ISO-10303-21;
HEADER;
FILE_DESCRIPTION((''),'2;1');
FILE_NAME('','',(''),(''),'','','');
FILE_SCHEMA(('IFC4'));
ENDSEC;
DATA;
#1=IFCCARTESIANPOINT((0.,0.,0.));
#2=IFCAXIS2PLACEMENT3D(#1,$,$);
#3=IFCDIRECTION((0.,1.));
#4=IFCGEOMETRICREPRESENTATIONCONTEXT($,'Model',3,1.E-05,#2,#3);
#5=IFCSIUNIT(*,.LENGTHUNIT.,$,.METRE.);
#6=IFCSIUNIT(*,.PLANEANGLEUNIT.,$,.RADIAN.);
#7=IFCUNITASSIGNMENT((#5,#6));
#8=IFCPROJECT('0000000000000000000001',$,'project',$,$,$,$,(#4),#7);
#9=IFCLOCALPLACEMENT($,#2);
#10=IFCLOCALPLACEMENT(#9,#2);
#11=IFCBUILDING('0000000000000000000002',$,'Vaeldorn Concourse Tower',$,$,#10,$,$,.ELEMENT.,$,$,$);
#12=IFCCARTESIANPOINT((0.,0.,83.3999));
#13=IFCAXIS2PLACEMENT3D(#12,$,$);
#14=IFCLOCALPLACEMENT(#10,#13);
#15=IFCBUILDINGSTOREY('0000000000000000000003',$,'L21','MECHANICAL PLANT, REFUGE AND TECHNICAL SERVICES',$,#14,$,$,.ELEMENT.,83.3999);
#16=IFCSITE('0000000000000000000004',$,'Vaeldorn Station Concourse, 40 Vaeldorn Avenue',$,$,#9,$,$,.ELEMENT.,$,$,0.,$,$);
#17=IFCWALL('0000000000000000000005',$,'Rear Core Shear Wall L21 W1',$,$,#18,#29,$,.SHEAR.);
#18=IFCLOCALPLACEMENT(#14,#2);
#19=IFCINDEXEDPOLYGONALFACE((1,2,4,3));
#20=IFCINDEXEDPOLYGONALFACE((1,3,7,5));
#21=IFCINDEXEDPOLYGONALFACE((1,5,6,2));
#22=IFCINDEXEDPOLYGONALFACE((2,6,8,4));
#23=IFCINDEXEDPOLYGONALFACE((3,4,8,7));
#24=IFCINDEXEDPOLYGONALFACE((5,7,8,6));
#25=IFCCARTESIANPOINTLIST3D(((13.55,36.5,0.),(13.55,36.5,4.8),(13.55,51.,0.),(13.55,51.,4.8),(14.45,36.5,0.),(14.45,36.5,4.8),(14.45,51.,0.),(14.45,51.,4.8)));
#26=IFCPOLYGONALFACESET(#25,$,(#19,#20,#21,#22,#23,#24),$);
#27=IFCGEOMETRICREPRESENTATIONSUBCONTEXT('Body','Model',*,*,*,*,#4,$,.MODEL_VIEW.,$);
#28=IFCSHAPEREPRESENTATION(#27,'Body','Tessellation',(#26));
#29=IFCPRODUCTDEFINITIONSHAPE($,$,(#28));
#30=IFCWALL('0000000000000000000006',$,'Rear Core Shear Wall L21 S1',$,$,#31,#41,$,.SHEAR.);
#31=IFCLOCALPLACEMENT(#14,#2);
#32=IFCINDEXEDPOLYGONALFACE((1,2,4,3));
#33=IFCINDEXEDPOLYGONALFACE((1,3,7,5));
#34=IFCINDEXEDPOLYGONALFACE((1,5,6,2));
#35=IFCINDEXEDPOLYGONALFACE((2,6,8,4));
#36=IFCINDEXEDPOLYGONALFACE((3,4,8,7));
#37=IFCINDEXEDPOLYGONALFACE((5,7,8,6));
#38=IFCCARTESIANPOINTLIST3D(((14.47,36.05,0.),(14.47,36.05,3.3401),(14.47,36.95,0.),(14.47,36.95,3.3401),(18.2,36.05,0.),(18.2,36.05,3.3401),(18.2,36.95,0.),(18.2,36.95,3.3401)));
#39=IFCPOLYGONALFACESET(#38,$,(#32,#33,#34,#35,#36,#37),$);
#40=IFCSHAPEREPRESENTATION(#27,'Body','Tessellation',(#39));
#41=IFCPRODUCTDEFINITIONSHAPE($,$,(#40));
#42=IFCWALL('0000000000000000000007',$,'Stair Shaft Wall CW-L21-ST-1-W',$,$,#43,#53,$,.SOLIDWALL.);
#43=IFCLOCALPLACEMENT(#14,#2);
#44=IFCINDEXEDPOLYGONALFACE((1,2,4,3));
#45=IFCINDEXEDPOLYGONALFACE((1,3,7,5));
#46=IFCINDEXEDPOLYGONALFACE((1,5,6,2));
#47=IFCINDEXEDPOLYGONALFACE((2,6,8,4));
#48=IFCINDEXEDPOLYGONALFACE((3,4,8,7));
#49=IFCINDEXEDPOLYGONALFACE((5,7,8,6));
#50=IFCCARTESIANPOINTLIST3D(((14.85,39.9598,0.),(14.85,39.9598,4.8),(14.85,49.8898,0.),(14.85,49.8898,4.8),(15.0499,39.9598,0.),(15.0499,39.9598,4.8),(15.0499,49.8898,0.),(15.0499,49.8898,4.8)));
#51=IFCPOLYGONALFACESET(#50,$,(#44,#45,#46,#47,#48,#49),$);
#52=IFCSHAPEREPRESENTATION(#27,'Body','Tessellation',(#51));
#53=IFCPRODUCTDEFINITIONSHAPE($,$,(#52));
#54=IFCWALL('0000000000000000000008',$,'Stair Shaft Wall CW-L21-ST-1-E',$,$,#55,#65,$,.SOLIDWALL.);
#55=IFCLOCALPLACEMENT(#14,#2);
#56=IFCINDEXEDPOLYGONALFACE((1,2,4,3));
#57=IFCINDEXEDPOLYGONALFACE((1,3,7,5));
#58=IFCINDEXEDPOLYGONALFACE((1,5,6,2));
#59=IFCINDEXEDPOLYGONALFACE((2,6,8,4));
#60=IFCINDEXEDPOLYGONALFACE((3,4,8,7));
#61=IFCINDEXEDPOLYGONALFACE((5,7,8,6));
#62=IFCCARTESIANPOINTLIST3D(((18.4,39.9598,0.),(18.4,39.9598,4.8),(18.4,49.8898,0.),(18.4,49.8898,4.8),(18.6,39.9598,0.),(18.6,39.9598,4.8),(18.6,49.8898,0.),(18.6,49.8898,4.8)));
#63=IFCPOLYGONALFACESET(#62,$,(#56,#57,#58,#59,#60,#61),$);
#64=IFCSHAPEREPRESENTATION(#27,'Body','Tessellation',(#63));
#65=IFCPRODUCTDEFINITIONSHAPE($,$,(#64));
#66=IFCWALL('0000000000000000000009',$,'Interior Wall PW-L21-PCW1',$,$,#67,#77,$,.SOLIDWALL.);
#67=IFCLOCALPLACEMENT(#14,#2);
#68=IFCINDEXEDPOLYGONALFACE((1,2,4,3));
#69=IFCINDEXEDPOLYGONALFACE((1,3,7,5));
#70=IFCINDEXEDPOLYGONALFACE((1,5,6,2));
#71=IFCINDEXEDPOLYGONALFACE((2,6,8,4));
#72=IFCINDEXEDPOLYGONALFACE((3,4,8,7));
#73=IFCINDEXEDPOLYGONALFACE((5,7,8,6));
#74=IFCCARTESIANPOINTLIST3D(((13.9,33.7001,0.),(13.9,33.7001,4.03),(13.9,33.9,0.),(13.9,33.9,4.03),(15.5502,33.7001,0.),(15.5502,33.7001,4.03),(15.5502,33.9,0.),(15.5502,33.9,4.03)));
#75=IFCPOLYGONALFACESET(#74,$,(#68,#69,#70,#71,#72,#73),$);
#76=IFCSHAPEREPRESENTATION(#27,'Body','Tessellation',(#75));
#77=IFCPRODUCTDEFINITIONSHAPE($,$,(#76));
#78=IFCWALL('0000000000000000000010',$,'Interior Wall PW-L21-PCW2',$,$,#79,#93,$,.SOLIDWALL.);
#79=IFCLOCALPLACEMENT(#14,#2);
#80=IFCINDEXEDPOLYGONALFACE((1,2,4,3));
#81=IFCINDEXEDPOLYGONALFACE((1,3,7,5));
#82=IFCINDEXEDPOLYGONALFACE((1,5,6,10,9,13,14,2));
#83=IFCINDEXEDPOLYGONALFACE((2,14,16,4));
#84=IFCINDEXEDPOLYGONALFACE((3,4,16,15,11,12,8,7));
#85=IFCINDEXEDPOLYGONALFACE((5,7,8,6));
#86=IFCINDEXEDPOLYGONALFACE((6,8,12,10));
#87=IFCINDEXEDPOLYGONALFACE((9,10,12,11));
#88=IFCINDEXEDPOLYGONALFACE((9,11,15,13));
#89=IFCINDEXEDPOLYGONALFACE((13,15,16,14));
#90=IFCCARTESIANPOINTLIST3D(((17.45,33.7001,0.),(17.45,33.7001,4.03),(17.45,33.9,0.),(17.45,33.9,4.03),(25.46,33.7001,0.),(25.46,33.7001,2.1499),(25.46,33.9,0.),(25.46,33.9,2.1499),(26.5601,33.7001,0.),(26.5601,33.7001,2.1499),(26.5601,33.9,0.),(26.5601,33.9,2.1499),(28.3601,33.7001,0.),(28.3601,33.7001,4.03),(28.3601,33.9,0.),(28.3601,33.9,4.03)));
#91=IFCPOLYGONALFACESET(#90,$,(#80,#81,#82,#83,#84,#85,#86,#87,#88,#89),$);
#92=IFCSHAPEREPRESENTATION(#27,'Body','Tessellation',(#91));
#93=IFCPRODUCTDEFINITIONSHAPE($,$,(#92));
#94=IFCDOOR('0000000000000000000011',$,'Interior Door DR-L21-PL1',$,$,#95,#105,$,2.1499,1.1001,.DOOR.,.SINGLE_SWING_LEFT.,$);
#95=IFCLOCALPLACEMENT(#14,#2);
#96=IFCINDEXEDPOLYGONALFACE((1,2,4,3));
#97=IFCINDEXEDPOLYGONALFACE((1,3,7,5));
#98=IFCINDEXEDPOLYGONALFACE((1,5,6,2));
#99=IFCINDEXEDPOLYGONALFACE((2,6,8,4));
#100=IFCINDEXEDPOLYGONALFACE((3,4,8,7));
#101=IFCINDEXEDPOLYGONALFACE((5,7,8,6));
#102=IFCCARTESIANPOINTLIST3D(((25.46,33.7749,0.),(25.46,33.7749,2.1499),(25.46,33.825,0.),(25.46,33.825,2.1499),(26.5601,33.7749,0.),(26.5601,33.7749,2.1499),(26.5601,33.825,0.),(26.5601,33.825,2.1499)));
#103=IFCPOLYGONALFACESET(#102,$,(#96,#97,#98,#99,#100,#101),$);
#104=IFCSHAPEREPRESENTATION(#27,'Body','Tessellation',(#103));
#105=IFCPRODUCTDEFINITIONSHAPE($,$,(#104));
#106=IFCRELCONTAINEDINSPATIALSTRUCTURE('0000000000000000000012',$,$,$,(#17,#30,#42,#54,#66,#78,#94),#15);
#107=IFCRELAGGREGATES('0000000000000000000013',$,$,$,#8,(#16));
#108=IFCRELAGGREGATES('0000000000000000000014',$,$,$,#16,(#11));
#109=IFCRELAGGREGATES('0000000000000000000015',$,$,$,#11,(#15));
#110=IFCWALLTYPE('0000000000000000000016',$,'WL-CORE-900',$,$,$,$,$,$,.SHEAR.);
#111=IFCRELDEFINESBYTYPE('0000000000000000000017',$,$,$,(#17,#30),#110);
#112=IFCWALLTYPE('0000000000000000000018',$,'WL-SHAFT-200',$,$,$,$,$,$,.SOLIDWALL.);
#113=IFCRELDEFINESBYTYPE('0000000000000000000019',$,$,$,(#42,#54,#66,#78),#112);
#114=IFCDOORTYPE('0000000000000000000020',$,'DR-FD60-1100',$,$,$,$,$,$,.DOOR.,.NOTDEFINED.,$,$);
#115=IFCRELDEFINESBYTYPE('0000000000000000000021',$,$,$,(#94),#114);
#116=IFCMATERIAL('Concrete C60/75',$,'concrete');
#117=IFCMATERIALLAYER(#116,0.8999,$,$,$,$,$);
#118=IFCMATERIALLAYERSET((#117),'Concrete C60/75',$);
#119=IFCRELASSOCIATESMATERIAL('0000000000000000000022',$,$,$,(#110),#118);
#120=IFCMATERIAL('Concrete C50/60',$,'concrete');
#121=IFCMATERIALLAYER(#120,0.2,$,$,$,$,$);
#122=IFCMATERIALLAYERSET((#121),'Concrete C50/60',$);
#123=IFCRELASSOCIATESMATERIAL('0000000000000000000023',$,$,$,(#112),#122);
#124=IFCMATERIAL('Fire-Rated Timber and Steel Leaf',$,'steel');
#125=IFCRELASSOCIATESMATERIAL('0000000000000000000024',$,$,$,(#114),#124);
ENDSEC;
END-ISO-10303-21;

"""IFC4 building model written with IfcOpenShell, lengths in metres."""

from ifc_helpers import new_model, si_unit, direction, frame, frame_2d, origin, place, context, subcontext, project, spatial, rectangle, extrude, source, transform, mapped, material, layer, layer_set, type_object, element, fill, save


model = new_model("IFC4")

# Units and contexts
model_context = context("Model", 3, precision=1e-05, world=origin(), true_north=direction((0.0, 1.0)))
body_context = subcontext(model_context, "Body", "Model", "MODEL_VIEW")
ifc_project = project(units=[si_unit("LENGTHUNIT", "METRE"), si_unit("PLANEANGLEUNIT", "RADIAN")], contexts=[model_context])

# Site, building, storey
site_placement = place(None, origin())
site = spatial("IfcSite", under=ifc_project, at=site_placement, Name="Vaeldorn Station Concourse, 40 Vaeldorn Avenue", CompositionType="ELEMENT", RefElevation=0.0)
building_placement = place(site_placement, origin())
building = spatial("IfcBuilding", under=site, at=building_placement, Name="Vaeldorn Concourse Tower", CompositionType="ELEMENT")
storey_placement = place(building_placement, frame((0.0, 0.0, 83.3999)))
storey = spatial("IfcBuildingStorey", under=building, at=storey_placement, Name="L21", Description="MECHANICAL PLANT, REFUGE AND TECHNICAL SERVICES", CompositionType="ELEMENT", Elevation=83.3999)

# Shared definitions
ifc_material_1 = material(Name="Concrete C60/75", Category="concrete")

# Walls
ifc_layer_1 = layer(ifc_material_1, 0.8999)
ifc_layer_set_1 = layer_set([ifc_layer_1], Name="Concrete C60/75")
wall_type_1 = type_object("IfcWallType", Name="WL-CORE-900", PredefinedType="SHEAR", material=ifc_layer_set_1)
wall_1_placement = place(storey_placement, frame((14.0, 36.5, 0.0), z_axis=(0.0, 0.0, 1.0), x_axis=(0.0, 1.0, 0.0)))
element("IfcWall", 1, at=wall_1_placement, inside=storey, type_object=wall_type_1, Name="Rear Core Shear Wall L21 W1", PredefinedType="SHEAR", context=body_context, shape_type="SweptSolid", body=[
    extrude(rectangle(XDim=14.5, YDim=0.8999, at=frame_2d((7.25, 0.0))), origin(), (0.0, 0.0, 1.0), 4.8),
])
wall_2_placement = place(storey_placement, frame((14.47, 36.5, 0.0), z_axis=(0.0, 0.0, 1.0), x_axis=(1.0, 0.0, 0.0)))
element("IfcWall", 2, at=wall_2_placement, inside=storey, type_object=wall_type_1, Name="Rear Core Shear Wall L21 S1", PredefinedType="SHEAR", context=body_context, shape_type="SweptSolid", body=[
    extrude(rectangle(XDim=3.73, YDim=0.8999, at=frame_2d((1.865, 0.0))), origin(), (0.0, 0.0, 1.0), 3.3401),
])

# Shared definitions
ifc_material_2 = material(Name="Concrete C50/60", Category="concrete")
ifc_layer_2 = layer(ifc_material_2, 0.2)
ifc_layer_set_2 = layer_set([ifc_layer_2], Name="Concrete C50/60")
wall_type_2 = type_object("IfcWallType", Name="WL-SHAFT-200", PredefinedType="SOLIDWALL", material=ifc_layer_set_2)
ifc_material_3 = material(Name="Fire-Rated Timber and Steel Leaf", Category="steel")
door_type_1 = type_object("IfcDoorType", Name="DR-FD60-1100", OperationType="NOTDEFINED", PredefinedType="DOOR", material=ifc_material_3)
shared_shape_1 = source(origin(), body_context, "Body", "SweptSolid", [
    extrude(rectangle(XDim=1.1001, YDim=2.1499, at=frame_2d((0.55, 1.075))), frame((0.0, 0.0249, 0.0), z_axis=(0.0, -1.0, 0.0), x_axis=(1.0, 0.0, 0.0)), (0.0, 0.0, 1.0), 0.05),
])

# Walls
for number, where, z_axis, x_axis, name in (
    (3, (14.95, 39.96, 0.0), (0.0, 0.0, 1.0), (0.0, 1.0, 0.0), "Stair Shaft Wall CW-L21-ST-1-W"),
    (4, (18.5, 39.96, 0.0), (0.0, 0.0, 1.0), (0.0, 1.0, 0.0), "Stair Shaft Wall CW-L21-ST-1-E"),
):
    element("IfcWall", number, at=place(storey_placement, frame(where, z_axis=z_axis, x_axis=x_axis)), inside=storey, type_object=wall_type_2, Name=name, PredefinedType="SOLIDWALL", context=body_context, shape_type="SweptSolid", body=[
        extrude(rectangle(XDim=9.9299, YDim=0.2, at=frame_2d((4.9648, 0.0))), origin(), (0.0, 0.0, 1.0), 4.8),
    ])

# Wall
wall_3_placement = place(storey_placement, frame((13.8999, 33.8, 0.0), z_axis=(0.0, 0.0, 1.0), x_axis=(1.0, 0.0, 0.0)))
element("IfcWall", 5, at=wall_3_placement, inside=storey, type_object=wall_type_2, Name="Interior Wall PW-L21-PCW1", PredefinedType="SOLIDWALL", context=body_context, shape_type="SweptSolid", body=[
    extrude(rectangle(XDim=1.6501, YDim=0.2, at=frame_2d((0.8252, 0.0))), origin(), (0.0, 0.0, 1.0), 4.03),
])

# Wall, opening, door
wall_4_placement = place(storey_placement, frame((17.45, 33.8, 0.0), z_axis=(0.0, 0.0, 1.0), x_axis=(1.0, 0.0, 0.0)))
wall_4 = element("IfcWall", 6, at=wall_4_placement, inside=storey, type_object=wall_type_2, Name="Interior Wall PW-L21-PCW2", PredefinedType="SOLIDWALL", context=body_context, shape_type="SweptSolid", body=[
    extrude(rectangle(XDim=10.9102, YDim=0.2, at=frame_2d((5.4551, 0.0))), origin(), (0.0, 0.0, 1.0), 4.03),
])
opening_1_placement = place(wall_4_placement, frame((8.01, 0.0, 0.0)))
opening_1 = element("IfcOpeningElement", 7, at=opening_1_placement, cuts=wall_4, PredefinedType="OPENING", context=body_context, shape_type="SweptSolid", body=[
    extrude(rectangle(XDim=1.1001, YDim=2.1499, at=frame_2d((0.55, 1.075))), frame((0.0, 0.1099, 0.0), z_axis=(0.0, -1.0, 0.0), x_axis=(1.0, 0.0, 0.0)), (0.0, 0.0, 1.0), 0.22),
])
door_1_placement = place(opening_1_placement, origin())
door_1 = element("IfcDoor", 8, at=door_1_placement, inside=storey, type_object=door_type_1, Name="Interior Door DR-L21-PL1", OperationType="SINGLE_SWING_LEFT", OverallHeight=2.1499, OverallWidth=1.1001, PredefinedType="DOOR", context=body_context, shape_type="MappedRepresentation", body=[
    mapped(shared_shape_1, transform((0.0, 0.0, 0.0), scale=1.0)),
])
fill(opening_1, door_1)

save(model, "model.ifc")
